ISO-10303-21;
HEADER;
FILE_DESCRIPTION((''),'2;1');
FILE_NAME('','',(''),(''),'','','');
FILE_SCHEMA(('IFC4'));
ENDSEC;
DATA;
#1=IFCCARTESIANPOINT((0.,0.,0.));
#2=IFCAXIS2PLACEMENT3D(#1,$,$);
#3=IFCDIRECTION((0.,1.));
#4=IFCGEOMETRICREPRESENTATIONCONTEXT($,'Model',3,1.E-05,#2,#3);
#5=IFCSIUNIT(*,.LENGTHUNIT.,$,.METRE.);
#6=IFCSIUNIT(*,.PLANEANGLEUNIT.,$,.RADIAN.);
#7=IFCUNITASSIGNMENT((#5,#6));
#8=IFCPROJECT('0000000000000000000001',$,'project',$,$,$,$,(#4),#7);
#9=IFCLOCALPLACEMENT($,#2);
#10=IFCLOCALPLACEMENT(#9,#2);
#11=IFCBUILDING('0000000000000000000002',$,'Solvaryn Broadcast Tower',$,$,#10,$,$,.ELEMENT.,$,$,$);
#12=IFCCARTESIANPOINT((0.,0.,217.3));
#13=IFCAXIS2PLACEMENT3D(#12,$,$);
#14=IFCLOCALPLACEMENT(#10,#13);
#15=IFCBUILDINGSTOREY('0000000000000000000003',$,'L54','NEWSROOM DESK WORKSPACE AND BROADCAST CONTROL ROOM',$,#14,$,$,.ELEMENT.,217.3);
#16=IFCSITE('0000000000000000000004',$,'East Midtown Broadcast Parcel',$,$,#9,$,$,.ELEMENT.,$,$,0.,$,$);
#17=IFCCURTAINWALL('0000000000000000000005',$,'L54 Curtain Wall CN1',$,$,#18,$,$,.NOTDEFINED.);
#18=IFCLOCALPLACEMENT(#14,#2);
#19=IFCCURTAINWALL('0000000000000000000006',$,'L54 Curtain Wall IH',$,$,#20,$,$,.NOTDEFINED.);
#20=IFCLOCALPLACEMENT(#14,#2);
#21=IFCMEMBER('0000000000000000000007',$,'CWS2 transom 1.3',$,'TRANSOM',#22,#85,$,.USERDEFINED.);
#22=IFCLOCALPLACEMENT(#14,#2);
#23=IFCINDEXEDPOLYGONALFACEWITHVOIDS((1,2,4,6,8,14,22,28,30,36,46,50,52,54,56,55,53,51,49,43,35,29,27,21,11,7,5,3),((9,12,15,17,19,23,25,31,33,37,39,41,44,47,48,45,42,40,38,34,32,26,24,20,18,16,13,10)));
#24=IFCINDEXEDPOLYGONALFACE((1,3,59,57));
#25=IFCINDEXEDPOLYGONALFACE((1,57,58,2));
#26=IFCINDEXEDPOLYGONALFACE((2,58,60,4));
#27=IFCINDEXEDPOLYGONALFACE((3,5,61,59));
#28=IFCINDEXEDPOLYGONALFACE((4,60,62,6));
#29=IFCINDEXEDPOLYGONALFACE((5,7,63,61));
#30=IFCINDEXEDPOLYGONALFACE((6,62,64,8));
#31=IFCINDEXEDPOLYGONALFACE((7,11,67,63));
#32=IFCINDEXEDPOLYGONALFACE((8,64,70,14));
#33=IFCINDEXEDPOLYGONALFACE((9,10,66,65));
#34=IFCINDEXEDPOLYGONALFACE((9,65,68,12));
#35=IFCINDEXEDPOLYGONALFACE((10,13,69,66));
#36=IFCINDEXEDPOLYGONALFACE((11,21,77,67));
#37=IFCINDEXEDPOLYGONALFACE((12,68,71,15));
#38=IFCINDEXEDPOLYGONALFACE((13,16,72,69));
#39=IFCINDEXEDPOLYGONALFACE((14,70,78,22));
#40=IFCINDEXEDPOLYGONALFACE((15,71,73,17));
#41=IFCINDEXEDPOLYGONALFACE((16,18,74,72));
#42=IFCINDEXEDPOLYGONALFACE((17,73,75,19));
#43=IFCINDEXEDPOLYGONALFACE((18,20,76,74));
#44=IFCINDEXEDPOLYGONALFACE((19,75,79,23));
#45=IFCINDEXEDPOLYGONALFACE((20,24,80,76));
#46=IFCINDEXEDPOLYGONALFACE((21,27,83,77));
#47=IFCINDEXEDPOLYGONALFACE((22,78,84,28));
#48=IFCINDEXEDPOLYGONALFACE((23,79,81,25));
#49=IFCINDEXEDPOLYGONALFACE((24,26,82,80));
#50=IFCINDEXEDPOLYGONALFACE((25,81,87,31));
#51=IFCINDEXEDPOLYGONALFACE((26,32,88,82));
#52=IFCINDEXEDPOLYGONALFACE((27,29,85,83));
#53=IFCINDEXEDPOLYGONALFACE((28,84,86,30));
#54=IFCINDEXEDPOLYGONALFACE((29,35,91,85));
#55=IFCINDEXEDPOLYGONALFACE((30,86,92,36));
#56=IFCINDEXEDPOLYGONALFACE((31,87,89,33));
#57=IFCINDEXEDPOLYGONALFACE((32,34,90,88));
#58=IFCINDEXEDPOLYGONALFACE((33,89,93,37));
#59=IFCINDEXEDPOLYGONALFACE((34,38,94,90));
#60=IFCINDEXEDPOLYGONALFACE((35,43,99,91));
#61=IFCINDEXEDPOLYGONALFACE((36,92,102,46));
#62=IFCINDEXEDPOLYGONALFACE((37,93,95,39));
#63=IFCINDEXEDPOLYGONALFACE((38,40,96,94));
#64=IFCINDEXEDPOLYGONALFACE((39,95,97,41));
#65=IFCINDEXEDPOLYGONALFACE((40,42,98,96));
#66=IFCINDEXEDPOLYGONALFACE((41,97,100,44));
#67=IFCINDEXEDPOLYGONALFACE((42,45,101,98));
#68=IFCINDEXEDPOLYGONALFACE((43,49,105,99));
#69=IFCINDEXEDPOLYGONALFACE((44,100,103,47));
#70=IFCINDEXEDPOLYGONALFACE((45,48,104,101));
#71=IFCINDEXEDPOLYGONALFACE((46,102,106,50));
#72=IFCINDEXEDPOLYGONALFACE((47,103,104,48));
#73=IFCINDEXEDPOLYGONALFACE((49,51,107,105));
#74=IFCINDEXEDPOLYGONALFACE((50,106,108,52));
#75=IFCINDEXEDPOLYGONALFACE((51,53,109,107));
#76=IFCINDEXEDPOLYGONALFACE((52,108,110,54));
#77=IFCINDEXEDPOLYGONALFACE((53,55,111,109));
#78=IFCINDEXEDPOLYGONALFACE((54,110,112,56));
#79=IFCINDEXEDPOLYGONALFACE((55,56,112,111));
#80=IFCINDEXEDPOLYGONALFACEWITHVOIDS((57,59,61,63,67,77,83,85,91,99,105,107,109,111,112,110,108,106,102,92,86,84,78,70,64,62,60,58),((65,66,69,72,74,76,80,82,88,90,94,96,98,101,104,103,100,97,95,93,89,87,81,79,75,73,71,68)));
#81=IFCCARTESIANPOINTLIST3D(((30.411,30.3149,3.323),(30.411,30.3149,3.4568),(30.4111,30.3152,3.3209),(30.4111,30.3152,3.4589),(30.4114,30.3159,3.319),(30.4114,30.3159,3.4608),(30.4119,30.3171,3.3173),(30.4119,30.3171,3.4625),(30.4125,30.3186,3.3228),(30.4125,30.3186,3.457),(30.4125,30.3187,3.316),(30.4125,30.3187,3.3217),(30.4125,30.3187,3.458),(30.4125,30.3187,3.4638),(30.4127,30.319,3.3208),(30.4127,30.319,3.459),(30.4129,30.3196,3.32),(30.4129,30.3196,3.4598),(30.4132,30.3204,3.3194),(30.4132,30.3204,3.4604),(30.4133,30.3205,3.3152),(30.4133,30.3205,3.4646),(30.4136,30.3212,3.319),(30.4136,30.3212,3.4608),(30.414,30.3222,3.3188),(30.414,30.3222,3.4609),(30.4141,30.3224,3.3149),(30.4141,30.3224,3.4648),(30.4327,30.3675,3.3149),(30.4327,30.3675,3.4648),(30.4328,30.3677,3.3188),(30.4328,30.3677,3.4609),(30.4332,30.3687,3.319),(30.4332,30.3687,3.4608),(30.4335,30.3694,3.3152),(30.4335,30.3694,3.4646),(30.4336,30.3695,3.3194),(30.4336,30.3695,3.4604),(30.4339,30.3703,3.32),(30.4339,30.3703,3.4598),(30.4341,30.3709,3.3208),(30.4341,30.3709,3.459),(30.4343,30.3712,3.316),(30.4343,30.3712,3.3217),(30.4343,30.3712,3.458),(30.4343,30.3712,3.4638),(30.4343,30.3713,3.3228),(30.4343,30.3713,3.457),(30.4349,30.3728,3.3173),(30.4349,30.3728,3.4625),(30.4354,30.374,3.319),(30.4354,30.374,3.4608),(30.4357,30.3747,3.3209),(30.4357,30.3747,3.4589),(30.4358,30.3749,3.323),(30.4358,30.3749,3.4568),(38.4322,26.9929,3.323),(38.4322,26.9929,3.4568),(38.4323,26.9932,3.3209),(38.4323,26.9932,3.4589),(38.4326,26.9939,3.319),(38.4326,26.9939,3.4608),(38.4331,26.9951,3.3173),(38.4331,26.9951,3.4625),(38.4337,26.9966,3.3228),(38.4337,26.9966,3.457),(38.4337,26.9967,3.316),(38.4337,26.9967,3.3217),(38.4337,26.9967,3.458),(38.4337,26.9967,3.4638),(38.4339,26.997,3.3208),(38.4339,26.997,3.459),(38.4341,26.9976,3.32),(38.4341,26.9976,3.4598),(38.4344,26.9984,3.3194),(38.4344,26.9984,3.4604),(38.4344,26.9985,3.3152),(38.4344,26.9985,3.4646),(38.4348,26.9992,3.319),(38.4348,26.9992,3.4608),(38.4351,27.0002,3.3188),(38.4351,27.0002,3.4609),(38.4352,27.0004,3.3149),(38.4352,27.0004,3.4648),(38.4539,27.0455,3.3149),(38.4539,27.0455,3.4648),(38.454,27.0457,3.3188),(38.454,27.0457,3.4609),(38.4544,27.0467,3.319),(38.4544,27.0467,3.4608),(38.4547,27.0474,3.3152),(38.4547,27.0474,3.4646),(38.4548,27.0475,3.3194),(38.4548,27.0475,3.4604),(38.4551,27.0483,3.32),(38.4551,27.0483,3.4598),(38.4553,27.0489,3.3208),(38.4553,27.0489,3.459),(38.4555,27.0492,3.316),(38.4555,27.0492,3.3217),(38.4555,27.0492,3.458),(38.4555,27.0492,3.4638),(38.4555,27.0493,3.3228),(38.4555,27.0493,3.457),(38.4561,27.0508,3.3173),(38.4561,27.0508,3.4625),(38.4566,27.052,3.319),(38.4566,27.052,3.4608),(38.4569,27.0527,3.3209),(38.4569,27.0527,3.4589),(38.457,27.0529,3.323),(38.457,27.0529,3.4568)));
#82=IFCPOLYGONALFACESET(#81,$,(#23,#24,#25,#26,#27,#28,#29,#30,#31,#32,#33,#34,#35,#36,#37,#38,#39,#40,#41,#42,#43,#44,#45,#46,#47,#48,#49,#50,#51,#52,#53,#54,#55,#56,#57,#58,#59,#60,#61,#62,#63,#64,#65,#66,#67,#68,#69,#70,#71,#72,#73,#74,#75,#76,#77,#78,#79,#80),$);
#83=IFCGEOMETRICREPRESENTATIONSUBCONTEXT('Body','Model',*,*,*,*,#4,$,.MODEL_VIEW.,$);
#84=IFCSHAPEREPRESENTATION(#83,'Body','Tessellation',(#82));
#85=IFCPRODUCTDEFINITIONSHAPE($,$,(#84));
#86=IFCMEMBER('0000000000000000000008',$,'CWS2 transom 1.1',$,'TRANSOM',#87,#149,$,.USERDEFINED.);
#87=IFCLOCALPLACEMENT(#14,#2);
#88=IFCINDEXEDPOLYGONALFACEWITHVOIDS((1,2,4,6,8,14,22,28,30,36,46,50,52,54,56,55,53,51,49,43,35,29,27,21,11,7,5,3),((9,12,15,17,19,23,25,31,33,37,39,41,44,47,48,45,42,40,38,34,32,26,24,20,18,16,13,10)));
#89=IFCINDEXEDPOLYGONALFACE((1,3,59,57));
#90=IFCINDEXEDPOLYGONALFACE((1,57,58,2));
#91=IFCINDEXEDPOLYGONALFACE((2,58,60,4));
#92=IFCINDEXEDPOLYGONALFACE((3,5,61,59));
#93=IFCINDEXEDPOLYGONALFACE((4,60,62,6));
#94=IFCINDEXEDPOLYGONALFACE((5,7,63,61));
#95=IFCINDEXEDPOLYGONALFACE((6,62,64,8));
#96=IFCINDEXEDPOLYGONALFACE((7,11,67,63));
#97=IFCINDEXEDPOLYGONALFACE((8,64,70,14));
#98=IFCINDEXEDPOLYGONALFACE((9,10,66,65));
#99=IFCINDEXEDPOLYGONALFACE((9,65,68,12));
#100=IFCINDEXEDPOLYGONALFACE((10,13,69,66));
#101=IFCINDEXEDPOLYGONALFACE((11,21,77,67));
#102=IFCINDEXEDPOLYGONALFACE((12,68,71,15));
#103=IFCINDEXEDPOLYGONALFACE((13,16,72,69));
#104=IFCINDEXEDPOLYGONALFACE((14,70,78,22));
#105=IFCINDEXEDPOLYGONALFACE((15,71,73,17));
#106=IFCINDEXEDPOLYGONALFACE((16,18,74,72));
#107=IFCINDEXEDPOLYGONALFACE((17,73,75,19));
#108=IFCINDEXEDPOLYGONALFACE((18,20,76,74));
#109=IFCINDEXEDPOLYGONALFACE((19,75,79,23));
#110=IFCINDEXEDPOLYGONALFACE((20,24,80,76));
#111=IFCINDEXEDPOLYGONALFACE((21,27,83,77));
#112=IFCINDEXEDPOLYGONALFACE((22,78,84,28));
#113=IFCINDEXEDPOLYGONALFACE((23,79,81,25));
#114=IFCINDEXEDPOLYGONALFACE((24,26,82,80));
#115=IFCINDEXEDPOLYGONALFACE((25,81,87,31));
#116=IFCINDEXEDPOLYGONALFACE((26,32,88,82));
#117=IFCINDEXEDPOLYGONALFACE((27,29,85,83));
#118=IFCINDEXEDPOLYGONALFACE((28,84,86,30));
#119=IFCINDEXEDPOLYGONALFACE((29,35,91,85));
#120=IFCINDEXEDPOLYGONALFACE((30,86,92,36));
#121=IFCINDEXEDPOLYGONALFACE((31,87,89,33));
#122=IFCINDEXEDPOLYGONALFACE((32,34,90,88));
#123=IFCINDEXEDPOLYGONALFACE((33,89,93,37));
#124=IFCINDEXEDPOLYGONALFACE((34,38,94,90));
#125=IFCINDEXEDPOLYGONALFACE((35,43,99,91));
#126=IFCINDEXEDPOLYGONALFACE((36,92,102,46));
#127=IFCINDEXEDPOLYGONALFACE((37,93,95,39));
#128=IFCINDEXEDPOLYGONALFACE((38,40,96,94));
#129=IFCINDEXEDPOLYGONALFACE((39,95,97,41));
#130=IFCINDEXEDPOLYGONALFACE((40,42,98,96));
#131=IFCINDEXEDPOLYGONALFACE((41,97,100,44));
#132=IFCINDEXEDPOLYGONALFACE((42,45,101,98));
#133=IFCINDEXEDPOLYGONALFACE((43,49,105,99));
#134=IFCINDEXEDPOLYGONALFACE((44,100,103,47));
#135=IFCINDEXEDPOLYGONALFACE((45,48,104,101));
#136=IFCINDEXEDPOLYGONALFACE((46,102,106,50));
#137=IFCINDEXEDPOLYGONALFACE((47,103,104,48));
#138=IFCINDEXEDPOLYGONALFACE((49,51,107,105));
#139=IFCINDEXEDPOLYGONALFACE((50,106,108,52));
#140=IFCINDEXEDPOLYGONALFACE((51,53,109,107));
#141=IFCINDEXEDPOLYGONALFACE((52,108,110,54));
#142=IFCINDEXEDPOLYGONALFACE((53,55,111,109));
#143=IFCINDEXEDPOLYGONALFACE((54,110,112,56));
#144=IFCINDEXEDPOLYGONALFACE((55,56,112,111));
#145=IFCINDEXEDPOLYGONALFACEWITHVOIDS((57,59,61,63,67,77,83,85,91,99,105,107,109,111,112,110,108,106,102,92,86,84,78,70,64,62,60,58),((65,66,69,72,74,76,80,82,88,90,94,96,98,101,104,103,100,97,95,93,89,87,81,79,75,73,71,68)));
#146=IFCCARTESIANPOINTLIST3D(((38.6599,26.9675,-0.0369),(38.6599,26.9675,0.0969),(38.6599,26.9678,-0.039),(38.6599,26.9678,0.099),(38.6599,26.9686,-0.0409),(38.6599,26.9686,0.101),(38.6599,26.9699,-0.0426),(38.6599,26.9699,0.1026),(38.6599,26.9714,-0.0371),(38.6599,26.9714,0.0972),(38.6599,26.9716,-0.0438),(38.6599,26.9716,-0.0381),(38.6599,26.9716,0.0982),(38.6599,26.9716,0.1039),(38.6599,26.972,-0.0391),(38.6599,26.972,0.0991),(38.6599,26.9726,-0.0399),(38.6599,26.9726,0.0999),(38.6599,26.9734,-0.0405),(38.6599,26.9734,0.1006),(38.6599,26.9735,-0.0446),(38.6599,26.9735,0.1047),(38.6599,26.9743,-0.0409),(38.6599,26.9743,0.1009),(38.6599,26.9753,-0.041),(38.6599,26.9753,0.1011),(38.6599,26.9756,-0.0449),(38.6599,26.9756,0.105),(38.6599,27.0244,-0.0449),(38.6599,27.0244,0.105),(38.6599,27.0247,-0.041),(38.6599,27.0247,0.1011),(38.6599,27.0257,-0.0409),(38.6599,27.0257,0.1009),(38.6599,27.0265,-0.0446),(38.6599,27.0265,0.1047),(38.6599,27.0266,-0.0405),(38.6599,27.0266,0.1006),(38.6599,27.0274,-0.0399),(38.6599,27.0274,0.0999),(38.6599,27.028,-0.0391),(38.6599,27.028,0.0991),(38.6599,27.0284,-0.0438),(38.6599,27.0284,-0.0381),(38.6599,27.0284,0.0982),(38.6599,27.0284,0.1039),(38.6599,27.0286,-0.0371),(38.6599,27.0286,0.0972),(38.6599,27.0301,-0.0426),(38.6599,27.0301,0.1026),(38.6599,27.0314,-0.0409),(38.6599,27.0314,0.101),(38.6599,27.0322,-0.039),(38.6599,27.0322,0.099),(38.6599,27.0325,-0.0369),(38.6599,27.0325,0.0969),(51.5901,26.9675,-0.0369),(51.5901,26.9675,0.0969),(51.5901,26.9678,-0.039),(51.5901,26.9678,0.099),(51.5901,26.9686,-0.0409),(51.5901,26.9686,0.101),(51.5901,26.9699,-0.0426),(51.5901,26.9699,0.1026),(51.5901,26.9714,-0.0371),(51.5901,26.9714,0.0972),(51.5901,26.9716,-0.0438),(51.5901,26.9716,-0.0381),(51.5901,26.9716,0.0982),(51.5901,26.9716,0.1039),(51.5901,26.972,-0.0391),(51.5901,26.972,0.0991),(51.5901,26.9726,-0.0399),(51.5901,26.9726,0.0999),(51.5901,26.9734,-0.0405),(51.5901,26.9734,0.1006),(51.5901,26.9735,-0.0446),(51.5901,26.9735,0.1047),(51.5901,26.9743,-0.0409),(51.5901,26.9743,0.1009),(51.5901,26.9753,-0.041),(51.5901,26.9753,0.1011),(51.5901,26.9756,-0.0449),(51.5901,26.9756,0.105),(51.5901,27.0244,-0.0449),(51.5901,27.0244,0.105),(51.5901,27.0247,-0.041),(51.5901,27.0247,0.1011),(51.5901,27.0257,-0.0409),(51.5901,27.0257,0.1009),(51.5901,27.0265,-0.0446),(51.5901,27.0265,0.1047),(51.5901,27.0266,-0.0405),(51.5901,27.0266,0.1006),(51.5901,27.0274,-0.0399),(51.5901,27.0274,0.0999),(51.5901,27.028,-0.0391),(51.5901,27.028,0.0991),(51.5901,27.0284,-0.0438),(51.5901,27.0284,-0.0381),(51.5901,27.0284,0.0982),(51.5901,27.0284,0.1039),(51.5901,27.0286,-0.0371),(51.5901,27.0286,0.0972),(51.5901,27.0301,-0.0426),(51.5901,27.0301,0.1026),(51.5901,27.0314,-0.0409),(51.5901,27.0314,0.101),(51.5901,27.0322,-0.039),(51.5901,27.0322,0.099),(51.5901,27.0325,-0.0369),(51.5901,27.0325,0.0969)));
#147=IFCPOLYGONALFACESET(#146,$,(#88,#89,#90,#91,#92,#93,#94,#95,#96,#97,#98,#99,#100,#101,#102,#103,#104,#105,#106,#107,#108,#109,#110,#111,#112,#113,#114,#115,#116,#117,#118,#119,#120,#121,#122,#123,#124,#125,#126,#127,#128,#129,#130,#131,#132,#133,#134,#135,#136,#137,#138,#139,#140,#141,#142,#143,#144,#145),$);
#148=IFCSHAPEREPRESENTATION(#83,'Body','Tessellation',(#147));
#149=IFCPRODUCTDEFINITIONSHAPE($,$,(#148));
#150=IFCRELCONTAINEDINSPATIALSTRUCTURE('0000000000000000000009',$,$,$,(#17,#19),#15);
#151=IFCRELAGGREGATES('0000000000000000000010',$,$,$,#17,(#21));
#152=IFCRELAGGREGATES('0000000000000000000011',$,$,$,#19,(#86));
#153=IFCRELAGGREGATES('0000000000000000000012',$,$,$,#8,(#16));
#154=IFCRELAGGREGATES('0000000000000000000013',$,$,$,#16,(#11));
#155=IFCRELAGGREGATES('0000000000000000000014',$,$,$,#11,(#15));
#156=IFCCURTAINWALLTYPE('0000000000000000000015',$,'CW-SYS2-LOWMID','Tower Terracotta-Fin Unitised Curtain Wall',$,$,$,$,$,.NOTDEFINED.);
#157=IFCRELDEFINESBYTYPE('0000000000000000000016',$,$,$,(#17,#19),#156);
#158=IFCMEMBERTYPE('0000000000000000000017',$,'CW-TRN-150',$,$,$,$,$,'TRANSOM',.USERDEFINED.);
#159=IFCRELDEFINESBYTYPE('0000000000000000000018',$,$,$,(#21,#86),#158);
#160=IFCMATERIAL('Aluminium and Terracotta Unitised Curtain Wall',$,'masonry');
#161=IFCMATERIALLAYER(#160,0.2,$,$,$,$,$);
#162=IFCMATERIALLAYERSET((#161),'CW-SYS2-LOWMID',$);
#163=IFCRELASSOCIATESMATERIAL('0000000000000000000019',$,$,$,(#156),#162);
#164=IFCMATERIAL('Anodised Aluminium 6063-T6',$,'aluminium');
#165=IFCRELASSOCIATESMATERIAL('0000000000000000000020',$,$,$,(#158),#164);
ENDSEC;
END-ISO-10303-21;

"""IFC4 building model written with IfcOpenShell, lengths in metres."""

from ifc_helpers import new_model, si_unit, direction, frame, origin, origin_2d, place, context, subcontext, project, spatial, hollow_rectangle, extrude, material, layer, layer_set, material_profile, profile_set, type_object, element, aggregate, save


model = new_model("IFC4")

# Units and contexts
model_context = context("Model", 3, precision=1e-05, world=origin(), true_north=direction((0.0, 1.0)))
body_context = subcontext(model_context, "Body", "Model", "MODEL_VIEW")
ifc_project = project(units=[si_unit("LENGTHUNIT", "METRE"), si_unit("PLANEANGLEUNIT", "RADIAN")], contexts=[model_context])

# Site, building, storey
site_placement = place(None, origin())
site = spatial("IfcSite", under=ifc_project, at=site_placement, Name="East Midtown Broadcast Parcel", CompositionType="ELEMENT", RefElevation=0.0)
building_placement = place(site_placement, origin())
building = spatial("IfcBuilding", under=site, at=building_placement, Name="Solvaryn Broadcast Tower", CompositionType="ELEMENT")
storey_placement = place(building_placement, frame((0.0, 0.0, 217.3)))
storey = spatial("IfcBuildingStorey", under=building, at=storey_placement, Name="L54", Description="NEWSROOM DESK WORKSPACE AND BROADCAST CONTROL ROOM", CompositionType="ELEMENT", Elevation=217.3)

# Curtain walls
ifc_material_1 = material(Name="Aluminium and Terracotta Unitised Curtain Wall", Category="masonry")
ifc_layer_1 = layer(ifc_material_1, 0.2)
ifc_layer_set_1 = layer_set([ifc_layer_1], Name="CW-SYS2-LOWMID")
curtain_wall_type = type_object("IfcCurtainWallType", Name="CW-SYS2-LOWMID", Description="Tower Terracotta-Fin Unitised Curtain Wall", PredefinedType="NOTDEFINED", material=ifc_layer_set_1)
curtain_wall_1_placement = place(storey_placement, origin())
curtain_wall_1 = element("IfcCurtainWall", 1, at=curtain_wall_1_placement, inside=storey, type_object=curtain_wall_type, Name="L54 Curtain Wall CN1", PredefinedType="NOTDEFINED")
curtain_wall_2_placement = place(storey_placement, origin())
curtain_wall_2 = element("IfcCurtainWall", 2, at=curtain_wall_2_placement, inside=storey, type_object=curtain_wall_type, Name="L54 Curtain Wall IH", PredefinedType="NOTDEFINED")

# Members
ifc_material_2 = material(Name="Anodised Aluminium 6063-T6", Category="aluminium")
ifc_material_profile_1 = material_profile(ifc_material_2, hollow_rectangle(XDim=0.0649, YDim=0.1499, WallThickness=0.0039, InnerFilletRadius=0.0039, OuterFilletRadius=0.0081, at=origin_2d()))
ifc_profile_set_1 = profile_set([ifc_material_profile_1], Name="Anodised Aluminium 6063-T6")
member_type_1 = type_object("IfcMemberType", Name="CW-TRN-150", ElementType="TRANSOM", PredefinedType="USERDEFINED", material=ifc_profile_set_1)
member_1_placement = place(storey_placement, frame((38.4446, 27.0229, 3.3899), z_axis=(-0.923899, 0.382636, 0.0), x_axis=(-0.382636, -0.923899, 0.0)))
member_1 = element("IfcMember", 3, at=member_1_placement, type_object=member_type_1, Name="CWS2 transom 1.3", ObjectType="TRANSOM", PredefinedType="USERDEFINED", context=body_context, shape_type="SweptSolid", body=[
    extrude(hollow_rectangle(XDim=0.0649, YDim=0.1499, WallThickness=0.0039, InnerFilletRadius=0.0039, OuterFilletRadius=0.0081, at=origin_2d()), origin(), (0.0, 0.0, 1.0), 8.6819),
])
aggregate(curtain_wall_1, [member_1])
member_2_placement = place(storey_placement, frame((38.6599, 27.0, 0.03), z_axis=(1.0, 0.0, 0.0), x_axis=(0.0, 1.0, 0.0)))
member_2 = element("IfcMember", 4, at=member_2_placement, type_object=member_type_1, Name="CWS2 transom 1.1", ObjectType="TRANSOM", PredefinedType="USERDEFINED", context=body_context, shape_type="SweptSolid", body=[
    extrude(hollow_rectangle(XDim=0.0649, YDim=0.1499, WallThickness=0.0039, InnerFilletRadius=0.0039, OuterFilletRadius=0.0081, at=origin_2d()), origin(), (0.0, 0.0, 1.0), 12.9302),
])
aggregate(curtain_wall_2, [member_2])

save(model, "model.ifc")
